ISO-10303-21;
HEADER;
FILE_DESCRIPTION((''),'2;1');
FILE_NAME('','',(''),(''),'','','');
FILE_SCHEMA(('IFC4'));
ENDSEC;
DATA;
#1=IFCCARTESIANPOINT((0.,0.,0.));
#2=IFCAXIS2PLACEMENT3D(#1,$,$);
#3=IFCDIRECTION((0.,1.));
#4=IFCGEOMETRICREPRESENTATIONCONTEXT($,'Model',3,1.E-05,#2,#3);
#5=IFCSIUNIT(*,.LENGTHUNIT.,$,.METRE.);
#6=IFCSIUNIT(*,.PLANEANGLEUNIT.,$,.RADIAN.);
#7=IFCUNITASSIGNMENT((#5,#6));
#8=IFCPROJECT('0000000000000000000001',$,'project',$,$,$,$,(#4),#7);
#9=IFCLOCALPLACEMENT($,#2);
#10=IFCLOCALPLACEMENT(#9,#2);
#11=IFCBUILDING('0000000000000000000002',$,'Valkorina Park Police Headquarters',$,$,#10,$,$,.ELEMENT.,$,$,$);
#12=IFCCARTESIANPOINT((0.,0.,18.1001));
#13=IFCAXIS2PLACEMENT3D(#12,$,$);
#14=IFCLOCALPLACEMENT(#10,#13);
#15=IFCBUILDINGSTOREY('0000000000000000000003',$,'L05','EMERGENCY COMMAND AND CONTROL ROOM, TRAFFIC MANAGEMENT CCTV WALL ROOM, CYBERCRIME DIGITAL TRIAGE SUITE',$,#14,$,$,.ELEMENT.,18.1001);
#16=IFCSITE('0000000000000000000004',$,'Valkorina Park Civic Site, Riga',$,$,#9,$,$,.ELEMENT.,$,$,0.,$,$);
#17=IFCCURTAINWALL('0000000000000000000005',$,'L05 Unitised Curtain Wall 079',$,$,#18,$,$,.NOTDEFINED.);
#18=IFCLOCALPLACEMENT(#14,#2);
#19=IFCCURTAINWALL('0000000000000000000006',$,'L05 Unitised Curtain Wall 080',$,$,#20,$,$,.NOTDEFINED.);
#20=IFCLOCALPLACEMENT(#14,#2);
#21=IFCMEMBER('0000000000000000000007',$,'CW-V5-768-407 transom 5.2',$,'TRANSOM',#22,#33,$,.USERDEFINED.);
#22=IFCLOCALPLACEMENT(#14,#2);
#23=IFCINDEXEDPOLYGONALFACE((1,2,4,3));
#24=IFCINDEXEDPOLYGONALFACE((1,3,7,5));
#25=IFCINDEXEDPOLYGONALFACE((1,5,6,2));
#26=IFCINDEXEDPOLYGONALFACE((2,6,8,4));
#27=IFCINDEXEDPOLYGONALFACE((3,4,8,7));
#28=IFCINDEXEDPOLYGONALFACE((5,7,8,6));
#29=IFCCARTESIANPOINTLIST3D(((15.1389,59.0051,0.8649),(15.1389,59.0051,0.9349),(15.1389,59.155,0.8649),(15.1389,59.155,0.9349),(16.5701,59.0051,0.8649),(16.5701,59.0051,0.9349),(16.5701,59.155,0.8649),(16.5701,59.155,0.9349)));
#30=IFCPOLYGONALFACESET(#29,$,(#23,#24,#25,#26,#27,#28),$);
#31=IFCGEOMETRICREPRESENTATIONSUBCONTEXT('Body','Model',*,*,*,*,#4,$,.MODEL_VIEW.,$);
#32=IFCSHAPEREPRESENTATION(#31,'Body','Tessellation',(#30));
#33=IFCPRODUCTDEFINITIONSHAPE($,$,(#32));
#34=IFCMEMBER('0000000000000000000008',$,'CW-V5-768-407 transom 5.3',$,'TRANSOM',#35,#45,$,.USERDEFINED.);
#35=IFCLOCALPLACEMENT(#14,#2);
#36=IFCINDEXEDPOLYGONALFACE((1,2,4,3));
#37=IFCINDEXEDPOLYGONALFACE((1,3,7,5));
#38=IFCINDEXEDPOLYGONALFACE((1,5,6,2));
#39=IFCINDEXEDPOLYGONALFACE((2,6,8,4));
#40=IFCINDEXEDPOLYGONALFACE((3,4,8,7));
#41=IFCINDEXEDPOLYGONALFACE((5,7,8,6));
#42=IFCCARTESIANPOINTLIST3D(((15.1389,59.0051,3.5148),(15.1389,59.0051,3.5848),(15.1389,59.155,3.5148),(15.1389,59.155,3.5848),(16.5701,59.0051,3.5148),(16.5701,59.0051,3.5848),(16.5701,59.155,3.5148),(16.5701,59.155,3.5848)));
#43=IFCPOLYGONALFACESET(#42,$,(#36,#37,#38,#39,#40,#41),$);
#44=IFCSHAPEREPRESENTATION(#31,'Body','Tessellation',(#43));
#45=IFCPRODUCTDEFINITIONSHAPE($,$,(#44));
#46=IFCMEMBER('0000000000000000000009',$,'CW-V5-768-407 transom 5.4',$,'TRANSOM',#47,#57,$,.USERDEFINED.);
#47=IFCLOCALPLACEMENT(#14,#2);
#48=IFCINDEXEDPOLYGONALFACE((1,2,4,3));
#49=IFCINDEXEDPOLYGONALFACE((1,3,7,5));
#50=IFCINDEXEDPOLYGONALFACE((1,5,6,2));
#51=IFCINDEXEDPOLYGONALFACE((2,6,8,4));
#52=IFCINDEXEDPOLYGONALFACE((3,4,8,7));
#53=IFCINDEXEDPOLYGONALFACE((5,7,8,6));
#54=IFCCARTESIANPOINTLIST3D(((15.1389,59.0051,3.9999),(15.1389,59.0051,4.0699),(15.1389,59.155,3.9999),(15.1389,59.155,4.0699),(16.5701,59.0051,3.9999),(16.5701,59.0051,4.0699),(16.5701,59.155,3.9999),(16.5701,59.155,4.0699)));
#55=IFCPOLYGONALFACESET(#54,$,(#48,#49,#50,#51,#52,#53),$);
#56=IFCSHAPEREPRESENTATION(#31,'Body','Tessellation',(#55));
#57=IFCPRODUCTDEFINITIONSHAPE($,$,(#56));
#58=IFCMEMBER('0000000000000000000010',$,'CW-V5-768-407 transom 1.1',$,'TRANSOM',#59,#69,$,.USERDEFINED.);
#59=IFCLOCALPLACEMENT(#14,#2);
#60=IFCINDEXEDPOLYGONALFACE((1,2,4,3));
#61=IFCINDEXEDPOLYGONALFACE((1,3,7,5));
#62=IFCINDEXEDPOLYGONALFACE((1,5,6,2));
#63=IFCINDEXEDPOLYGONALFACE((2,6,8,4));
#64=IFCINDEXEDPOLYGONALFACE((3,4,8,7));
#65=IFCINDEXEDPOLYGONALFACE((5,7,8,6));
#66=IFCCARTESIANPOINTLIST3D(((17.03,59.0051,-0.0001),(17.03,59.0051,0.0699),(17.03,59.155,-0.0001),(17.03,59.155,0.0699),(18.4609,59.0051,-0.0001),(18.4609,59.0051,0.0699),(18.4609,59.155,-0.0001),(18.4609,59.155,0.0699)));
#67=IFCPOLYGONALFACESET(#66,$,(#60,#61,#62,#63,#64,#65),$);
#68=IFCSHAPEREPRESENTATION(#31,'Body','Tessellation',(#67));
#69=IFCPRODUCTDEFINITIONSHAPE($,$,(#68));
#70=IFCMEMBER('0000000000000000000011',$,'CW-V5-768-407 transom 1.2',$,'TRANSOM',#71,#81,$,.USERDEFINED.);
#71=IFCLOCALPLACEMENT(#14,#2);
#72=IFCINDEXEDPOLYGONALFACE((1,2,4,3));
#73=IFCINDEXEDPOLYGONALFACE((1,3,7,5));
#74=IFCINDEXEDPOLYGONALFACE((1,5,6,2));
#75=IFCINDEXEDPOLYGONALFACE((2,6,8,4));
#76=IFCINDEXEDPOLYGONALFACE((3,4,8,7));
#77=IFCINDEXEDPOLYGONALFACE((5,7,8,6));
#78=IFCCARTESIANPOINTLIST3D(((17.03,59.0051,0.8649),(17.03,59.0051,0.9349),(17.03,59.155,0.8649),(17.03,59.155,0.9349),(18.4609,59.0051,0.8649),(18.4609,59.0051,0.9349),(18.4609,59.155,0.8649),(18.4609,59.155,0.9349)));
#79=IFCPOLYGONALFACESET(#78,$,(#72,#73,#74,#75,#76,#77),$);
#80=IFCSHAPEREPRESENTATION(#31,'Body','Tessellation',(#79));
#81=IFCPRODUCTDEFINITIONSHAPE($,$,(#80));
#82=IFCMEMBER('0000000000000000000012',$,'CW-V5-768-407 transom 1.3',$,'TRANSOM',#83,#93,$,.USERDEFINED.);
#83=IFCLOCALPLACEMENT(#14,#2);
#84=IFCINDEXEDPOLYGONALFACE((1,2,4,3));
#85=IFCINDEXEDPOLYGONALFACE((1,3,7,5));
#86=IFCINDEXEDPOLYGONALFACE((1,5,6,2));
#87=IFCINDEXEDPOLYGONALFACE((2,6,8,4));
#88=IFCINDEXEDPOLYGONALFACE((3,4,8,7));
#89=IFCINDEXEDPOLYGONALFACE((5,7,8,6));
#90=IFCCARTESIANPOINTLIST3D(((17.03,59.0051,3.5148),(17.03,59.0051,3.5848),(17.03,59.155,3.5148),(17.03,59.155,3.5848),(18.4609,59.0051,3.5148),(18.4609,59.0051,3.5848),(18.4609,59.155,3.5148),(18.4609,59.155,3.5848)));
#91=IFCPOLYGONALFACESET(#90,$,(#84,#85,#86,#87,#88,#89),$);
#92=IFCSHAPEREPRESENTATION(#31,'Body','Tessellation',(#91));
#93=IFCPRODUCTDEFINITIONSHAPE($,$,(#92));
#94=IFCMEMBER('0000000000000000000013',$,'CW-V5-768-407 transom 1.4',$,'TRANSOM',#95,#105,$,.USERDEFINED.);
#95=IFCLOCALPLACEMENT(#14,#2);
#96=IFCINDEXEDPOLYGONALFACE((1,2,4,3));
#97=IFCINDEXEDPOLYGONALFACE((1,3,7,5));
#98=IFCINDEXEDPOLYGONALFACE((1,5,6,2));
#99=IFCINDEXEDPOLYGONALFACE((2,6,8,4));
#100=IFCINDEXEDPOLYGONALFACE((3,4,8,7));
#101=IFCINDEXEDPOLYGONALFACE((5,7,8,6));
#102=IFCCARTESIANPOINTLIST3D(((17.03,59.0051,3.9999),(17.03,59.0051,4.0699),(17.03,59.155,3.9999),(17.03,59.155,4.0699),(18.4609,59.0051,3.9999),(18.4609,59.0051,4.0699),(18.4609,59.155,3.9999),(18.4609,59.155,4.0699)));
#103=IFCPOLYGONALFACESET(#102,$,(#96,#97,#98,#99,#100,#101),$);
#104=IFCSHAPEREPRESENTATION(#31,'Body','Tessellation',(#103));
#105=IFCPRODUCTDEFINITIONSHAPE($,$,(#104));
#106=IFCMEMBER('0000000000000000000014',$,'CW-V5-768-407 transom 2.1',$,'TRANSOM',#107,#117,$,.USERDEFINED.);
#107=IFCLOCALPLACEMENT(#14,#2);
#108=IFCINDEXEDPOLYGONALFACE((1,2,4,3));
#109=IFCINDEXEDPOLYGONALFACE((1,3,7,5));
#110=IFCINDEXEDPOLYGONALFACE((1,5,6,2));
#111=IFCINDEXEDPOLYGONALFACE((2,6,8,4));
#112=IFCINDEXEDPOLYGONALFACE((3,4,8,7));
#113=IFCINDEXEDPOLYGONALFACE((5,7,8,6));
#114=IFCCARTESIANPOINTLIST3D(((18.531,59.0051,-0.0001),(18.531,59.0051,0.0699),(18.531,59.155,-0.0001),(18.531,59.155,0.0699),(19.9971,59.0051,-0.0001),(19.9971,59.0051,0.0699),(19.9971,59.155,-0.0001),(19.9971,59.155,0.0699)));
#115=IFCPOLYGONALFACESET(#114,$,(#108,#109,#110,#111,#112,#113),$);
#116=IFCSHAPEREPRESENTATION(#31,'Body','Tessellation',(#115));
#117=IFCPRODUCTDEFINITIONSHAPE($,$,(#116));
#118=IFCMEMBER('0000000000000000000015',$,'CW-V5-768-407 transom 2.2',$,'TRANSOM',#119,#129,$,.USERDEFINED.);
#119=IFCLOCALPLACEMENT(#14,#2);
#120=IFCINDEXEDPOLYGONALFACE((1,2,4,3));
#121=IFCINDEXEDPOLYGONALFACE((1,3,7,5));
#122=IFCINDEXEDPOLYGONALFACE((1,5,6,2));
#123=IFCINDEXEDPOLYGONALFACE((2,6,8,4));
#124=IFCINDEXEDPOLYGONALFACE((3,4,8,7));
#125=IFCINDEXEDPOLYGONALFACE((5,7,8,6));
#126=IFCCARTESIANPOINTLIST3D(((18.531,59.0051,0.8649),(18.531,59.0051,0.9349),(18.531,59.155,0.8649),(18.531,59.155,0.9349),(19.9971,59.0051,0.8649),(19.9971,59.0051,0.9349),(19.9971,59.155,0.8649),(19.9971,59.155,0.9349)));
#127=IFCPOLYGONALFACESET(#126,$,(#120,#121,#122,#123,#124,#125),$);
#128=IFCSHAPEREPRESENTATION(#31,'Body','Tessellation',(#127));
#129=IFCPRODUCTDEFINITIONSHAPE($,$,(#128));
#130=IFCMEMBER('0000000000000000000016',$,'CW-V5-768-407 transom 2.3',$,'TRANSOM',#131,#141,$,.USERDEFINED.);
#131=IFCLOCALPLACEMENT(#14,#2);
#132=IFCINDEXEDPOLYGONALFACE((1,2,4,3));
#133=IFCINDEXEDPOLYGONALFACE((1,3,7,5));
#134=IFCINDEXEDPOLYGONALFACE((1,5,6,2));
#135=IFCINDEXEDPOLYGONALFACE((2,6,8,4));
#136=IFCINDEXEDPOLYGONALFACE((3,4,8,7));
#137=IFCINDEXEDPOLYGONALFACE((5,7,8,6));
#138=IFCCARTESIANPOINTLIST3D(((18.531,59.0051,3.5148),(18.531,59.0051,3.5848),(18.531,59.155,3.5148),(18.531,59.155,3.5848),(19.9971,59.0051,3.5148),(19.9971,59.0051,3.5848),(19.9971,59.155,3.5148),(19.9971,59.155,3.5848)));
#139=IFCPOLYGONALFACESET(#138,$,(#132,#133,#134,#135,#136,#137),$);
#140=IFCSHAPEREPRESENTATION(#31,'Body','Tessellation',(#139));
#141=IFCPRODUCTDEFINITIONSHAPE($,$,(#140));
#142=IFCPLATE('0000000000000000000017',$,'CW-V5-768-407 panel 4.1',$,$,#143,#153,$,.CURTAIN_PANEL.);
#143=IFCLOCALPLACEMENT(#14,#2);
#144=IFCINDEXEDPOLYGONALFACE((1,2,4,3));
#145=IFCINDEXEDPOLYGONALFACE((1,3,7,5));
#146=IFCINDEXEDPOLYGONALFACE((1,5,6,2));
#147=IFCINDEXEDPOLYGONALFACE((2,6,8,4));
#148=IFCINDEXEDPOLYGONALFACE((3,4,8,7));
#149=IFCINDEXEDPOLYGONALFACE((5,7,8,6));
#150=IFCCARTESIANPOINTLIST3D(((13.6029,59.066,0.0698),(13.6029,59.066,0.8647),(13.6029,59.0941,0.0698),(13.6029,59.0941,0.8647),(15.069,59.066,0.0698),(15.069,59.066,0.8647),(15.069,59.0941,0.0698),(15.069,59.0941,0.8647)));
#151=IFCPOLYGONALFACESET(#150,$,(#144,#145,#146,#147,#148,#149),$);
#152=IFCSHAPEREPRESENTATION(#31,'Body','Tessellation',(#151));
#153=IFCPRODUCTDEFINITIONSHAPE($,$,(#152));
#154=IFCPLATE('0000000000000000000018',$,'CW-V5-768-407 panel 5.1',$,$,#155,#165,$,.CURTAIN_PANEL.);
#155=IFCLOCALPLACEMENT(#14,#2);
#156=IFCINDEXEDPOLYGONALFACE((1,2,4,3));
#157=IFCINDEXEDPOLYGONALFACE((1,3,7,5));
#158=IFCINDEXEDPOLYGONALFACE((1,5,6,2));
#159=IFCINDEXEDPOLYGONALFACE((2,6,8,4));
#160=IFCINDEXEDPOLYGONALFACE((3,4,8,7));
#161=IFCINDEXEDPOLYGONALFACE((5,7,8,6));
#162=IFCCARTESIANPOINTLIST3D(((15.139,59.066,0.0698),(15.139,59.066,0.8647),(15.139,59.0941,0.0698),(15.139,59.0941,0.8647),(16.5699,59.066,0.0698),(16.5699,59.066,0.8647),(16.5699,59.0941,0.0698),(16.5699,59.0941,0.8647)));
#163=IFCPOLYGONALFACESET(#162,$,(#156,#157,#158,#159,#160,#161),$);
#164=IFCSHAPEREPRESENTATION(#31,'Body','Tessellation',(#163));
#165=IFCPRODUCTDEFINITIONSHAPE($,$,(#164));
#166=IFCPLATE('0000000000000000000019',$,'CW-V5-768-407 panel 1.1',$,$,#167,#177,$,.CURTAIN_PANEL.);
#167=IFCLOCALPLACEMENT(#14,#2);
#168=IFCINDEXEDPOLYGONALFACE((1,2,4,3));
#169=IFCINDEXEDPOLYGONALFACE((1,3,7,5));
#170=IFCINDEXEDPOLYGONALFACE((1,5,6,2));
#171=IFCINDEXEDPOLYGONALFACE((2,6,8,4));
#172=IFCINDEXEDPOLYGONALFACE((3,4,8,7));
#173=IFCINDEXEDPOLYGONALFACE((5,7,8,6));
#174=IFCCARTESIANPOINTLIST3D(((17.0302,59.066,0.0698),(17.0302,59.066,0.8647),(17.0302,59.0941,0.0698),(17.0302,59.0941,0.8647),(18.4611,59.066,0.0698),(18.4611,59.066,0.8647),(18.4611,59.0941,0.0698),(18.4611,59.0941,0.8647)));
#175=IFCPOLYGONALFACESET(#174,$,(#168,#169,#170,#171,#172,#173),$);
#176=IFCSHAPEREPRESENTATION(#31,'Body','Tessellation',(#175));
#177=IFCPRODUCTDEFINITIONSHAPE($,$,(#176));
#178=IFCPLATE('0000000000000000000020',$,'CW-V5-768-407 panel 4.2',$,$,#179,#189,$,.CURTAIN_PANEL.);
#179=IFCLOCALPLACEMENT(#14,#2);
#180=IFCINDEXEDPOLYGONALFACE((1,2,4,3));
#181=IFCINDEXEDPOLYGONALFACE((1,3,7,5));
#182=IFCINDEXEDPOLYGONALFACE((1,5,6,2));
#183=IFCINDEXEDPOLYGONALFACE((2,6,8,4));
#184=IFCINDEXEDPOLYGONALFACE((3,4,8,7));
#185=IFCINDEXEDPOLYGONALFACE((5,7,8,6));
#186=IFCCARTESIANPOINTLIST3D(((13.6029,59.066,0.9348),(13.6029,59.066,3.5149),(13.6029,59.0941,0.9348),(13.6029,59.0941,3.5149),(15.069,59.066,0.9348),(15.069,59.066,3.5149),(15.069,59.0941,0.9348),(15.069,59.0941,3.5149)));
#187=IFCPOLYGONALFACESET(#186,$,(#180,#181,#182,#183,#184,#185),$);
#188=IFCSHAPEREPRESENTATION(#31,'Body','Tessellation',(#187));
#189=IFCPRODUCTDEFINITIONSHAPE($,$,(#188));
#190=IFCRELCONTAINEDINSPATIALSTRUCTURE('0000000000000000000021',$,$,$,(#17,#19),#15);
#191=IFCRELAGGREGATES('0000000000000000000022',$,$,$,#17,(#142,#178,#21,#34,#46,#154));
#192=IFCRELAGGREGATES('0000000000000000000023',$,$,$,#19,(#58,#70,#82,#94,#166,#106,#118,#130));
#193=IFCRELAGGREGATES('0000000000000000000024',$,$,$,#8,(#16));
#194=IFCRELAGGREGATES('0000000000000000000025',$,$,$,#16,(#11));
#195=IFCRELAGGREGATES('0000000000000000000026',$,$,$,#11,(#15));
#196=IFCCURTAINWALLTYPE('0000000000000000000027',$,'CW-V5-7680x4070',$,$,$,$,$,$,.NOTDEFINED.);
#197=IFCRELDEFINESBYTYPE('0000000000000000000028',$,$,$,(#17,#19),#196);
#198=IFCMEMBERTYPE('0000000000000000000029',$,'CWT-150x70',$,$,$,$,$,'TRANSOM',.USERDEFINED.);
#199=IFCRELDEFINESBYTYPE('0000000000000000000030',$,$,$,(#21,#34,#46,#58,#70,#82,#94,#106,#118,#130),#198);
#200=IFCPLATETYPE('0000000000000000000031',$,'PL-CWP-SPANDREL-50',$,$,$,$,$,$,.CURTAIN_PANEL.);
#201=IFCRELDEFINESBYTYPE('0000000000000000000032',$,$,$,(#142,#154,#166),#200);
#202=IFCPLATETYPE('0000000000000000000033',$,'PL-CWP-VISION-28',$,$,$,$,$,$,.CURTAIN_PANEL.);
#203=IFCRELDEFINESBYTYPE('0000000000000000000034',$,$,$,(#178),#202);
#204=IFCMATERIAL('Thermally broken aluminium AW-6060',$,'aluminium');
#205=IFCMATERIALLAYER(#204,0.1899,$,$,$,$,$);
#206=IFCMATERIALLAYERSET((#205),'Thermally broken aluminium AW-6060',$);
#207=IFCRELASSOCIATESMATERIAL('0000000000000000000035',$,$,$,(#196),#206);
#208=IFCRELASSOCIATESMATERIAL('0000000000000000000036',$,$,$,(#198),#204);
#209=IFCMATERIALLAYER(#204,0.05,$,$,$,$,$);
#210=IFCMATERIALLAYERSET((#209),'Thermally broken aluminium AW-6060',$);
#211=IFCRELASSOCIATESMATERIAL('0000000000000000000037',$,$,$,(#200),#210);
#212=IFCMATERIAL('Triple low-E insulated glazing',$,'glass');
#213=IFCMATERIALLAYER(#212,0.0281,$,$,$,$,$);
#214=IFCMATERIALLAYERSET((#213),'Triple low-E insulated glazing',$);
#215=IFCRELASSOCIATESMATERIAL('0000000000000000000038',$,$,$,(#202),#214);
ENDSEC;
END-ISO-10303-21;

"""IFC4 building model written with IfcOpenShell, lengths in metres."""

from ifc_helpers import new_model, si_unit, direction, frame, origin, origin_2d, place, context, subcontext, project, spatial, rectangle, extrude, material, layer, layer_set, material_profile, profile_set, type_object, element, aggregate, save


model = new_model("IFC4")

# Units and contexts
model_context = context("Model", 3, precision=1e-05, world=origin(), true_north=direction((0.0, 1.0)))
body_context = subcontext(model_context, "Body", "Model", "MODEL_VIEW")
ifc_project = project(units=[si_unit("LENGTHUNIT", "METRE"), si_unit("PLANEANGLEUNIT", "RADIAN")], contexts=[model_context])

# Site, building, storey
site_placement = place(None, origin())
site = spatial("IfcSite", under=ifc_project, at=site_placement, Name="Valkorina Park Civic Site, Riga", CompositionType="ELEMENT", RefElevation=0.0)
building_placement = place(site_placement, origin())
building = spatial("IfcBuilding", under=site, at=building_placement, Name="Valkorina Park Police Headquarters", CompositionType="ELEMENT")
storey_placement = place(building_placement, frame((0.0, 0.0, 18.1001)))
storey = spatial("IfcBuildingStorey", under=building, at=storey_placement, Name="L05", Description="EMERGENCY COMMAND AND CONTROL ROOM, TRAFFIC MANAGEMENT CCTV WALL ROOM, CYBERCRIME DIGITAL TRIAGE SUITE", CompositionType="ELEMENT", Elevation=18.1001)

# Curtain walls
ifc_material_1 = material(Name="Thermally broken aluminium AW-6060", Category="aluminium")
ifc_layer_1 = layer(ifc_material_1, 0.1899)
ifc_layer_set_1 = layer_set([ifc_layer_1], Name="Thermally broken aluminium AW-6060")
curtain_wall_type = type_object("IfcCurtainWallType", Name="CW-V5-7680x4070", PredefinedType="NOTDEFINED", material=ifc_layer_set_1)
curtain_wall_1_placement = place(storey_placement, origin())
curtain_wall_1 = element("IfcCurtainWall", 1, at=curtain_wall_1_placement, inside=storey, type_object=curtain_wall_type, Name="L05 Unitised Curtain Wall 079", PredefinedType="NOTDEFINED")
curtain_wall_2_placement = place(storey_placement, origin())
curtain_wall_2 = element("IfcCurtainWall", 2, at=curtain_wall_2_placement, inside=storey, type_object=curtain_wall_type, Name="L05 Unitised Curtain Wall 080", PredefinedType="NOTDEFINED")

# Members
ifc_material_profile_1 = material_profile(ifc_material_1, rectangle(XDim=0.1499, YDim=0.0701, at=origin_2d()), Name="CWT-02 150x70")
ifc_profile_set_1 = profile_set([ifc_material_profile_1], Name="Thermally broken aluminium AW-6060")
member_type_1 = type_object("IfcMemberType", Name="CWT-150x70", ElementType="TRANSOM", PredefinedType="USERDEFINED", material=ifc_profile_set_1)
member_1_placement = place(storey_placement, frame((15.1389, 59.0801, 0.8999), z_axis=(1.0, 0.0, 0.0), x_axis=(0.0, 1.0, 0.0)))
member_1 = element("IfcMember", 3, at=member_1_placement, type_object=member_type_1, Name="CW-V5-768-407 transom 5.2", ObjectType="TRANSOM", PredefinedType="USERDEFINED", context=body_context, shape_type="SweptSolid", body=[
    extrude(rectangle(XDim=0.1499, YDim=0.0701, at=origin_2d()), origin(), (0.0, 0.0, 1.0), 1.4312),
])
member_2_placement = place(storey_placement, frame((15.1389, 59.0801, 3.5498), z_axis=(1.0, 0.0, 0.0), x_axis=(0.0, 1.0, 0.0)))
member_2 = element("IfcMember", 4, at=member_2_placement, type_object=member_type_1, Name="CW-V5-768-407 transom 5.3", ObjectType="TRANSOM", PredefinedType="USERDEFINED", context=body_context, shape_type="SweptSolid", body=[
    extrude(rectangle(XDim=0.1499, YDim=0.0701, at=origin_2d()), origin(), (0.0, 0.0, 1.0), 1.4312),
])
member_3_placement = place(storey_placement, frame((15.1389, 59.0801, 4.0349), z_axis=(1.0, 0.0, 0.0), x_axis=(0.0, 1.0, 0.0)))
member_3 = element("IfcMember", 5, at=member_3_placement, type_object=member_type_1, Name="CW-V5-768-407 transom 5.4", ObjectType="TRANSOM", PredefinedType="USERDEFINED", context=body_context, shape_type="SweptSolid", body=[
    extrude(rectangle(XDim=0.1499, YDim=0.0701, at=origin_2d()), origin(), (0.0, 0.0, 1.0), 1.4312),
])
member_4_placement = place(storey_placement, frame((17.03, 59.0801, 0.0349), z_axis=(1.0, 0.0, 0.0), x_axis=(0.0, 1.0, 0.0)))
member_4 = element("IfcMember", 6, at=member_4_placement, type_object=member_type_1, Name="CW-V5-768-407 transom 1.1", ObjectType="TRANSOM", PredefinedType="USERDEFINED", context=body_context, shape_type="SweptSolid", body=[
    extrude(rectangle(XDim=0.1499, YDim=0.0701, at=origin_2d()), origin(), (0.0, 0.0, 1.0), 1.4309),
])
member_5_placement = place(storey_placement, frame((17.03, 59.0801, 0.8999), z_axis=(1.0, 0.0, 0.0), x_axis=(0.0, 1.0, 0.0)))
member_5 = element("IfcMember", 7, at=member_5_placement, type_object=member_type_1, Name="CW-V5-768-407 transom 1.2", ObjectType="TRANSOM", PredefinedType="USERDEFINED", context=body_context, shape_type="SweptSolid", body=[
    extrude(rectangle(XDim=0.1499, YDim=0.0701, at=origin_2d()), origin(), (0.0, 0.0, 1.0), 1.4309),
])
member_6_placement = place(storey_placement, frame((17.03, 59.0801, 3.5498), z_axis=(1.0, 0.0, 0.0), x_axis=(0.0, 1.0, 0.0)))
member_6 = element("IfcMember", 8, at=member_6_placement, type_object=member_type_1, Name="CW-V5-768-407 transom 1.3", ObjectType="TRANSOM", PredefinedType="USERDEFINED", context=body_context, shape_type="SweptSolid", body=[
    extrude(rectangle(XDim=0.1499, YDim=0.0701, at=origin_2d()), origin(), (0.0, 0.0, 1.0), 1.4309),
])
member_7_placement = place(storey_placement, frame((17.03, 59.0801, 4.0349), z_axis=(1.0, 0.0, 0.0), x_axis=(0.0, 1.0, 0.0)))
member_7 = element("IfcMember", 9, at=member_7_placement, type_object=member_type_1, Name="CW-V5-768-407 transom 1.4", ObjectType="TRANSOM", PredefinedType="USERDEFINED", context=body_context, shape_type="SweptSolid", body=[
    extrude(rectangle(XDim=0.1499, YDim=0.0701, at=origin_2d()), origin(), (0.0, 0.0, 1.0), 1.4309),
])
member_8_placement = place(storey_placement, frame((18.531, 59.0801, 0.0349), z_axis=(1.0, 0.0, 0.0), x_axis=(0.0, 1.0, 0.0)))
member_8 = element("IfcMember", 10, at=member_8_placement, type_object=member_type_1, Name="CW-V5-768-407 transom 2.1", ObjectType="TRANSOM", PredefinedType="USERDEFINED", context=body_context, shape_type="SweptSolid", body=[
    extrude(rectangle(XDim=0.1499, YDim=0.0701, at=origin_2d()), origin(), (0.0, 0.0, 1.0), 1.4661),
])
member_9_placement = place(storey_placement, frame((18.531, 59.0801, 0.8999), z_axis=(1.0, 0.0, 0.0), x_axis=(0.0, 1.0, 0.0)))
member_9 = element("IfcMember", 11, at=member_9_placement, type_object=member_type_1, Name="CW-V5-768-407 transom 2.2", ObjectType="TRANSOM", PredefinedType="USERDEFINED", context=body_context, shape_type="SweptSolid", body=[
    extrude(rectangle(XDim=0.1499, YDim=0.0701, at=origin_2d()), origin(), (0.0, 0.0, 1.0), 1.4661),
])
member_10_placement = place(storey_placement, frame((18.531, 59.0801, 3.5498), z_axis=(1.0, 0.0, 0.0), x_axis=(0.0, 1.0, 0.0)))
member_10 = element("IfcMember", 12, at=member_10_placement, type_object=member_type_1, Name="CW-V5-768-407 transom 2.3", ObjectType="TRANSOM", PredefinedType="USERDEFINED", context=body_context, shape_type="SweptSolid", body=[
    extrude(rectangle(XDim=0.1499, YDim=0.0701, at=origin_2d()), origin(), (0.0, 0.0, 1.0), 1.4661),
])

# Plates
ifc_layer_2 = layer(ifc_material_1, 0.05)
ifc_layer_set_2 = layer_set([ifc_layer_2], Name="Thermally broken aluminium AW-6060")
plate_type_1 = type_object("IfcPlateType", Name="PL-CWP-SPANDREL-50", PredefinedType="CURTAIN_PANEL", material=ifc_layer_set_2)
plate_1_placement = place(storey_placement, frame((14.3359, 59.0801, 0.0698), z_axis=(0.0, 0.0, 1.0), x_axis=(1.0, 0.0, 0.0)))
plate_1 = element("IfcPlate", 13, at=plate_1_placement, type_object=plate_type_1, Name="CW-V5-768-407 panel 4.1", PredefinedType="CURTAIN_PANEL", context=body_context, shape_type="SweptSolid", body=[
    extrude(rectangle(XDim=1.4661, YDim=0.0281, at=origin_2d()), origin(), (0.0, 0.0, 1.0), 0.7949),
])
plate_2_placement = place(storey_placement, frame((15.8545, 59.0801, 0.0698), z_axis=(0.0, 0.0, 1.0), x_axis=(1.0, 0.0, 0.0)))
plate_2 = element("IfcPlate", 14, at=plate_2_placement, type_object=plate_type_1, Name="CW-V5-768-407 panel 5.1", PredefinedType="CURTAIN_PANEL", context=body_context, shape_type="SweptSolid", body=[
    extrude(rectangle(XDim=1.4309, YDim=0.0281, at=origin_2d()), origin(), (0.0, 0.0, 1.0), 0.7949),
])
plate_3_placement = place(storey_placement, frame((17.7456, 59.0801, 0.0698), z_axis=(0.0, 0.0, 1.0), x_axis=(1.0, 0.0, 0.0)))
plate_3 = element("IfcPlate", 15, at=plate_3_placement, type_object=plate_type_1, Name="CW-V5-768-407 panel 1.1", PredefinedType="CURTAIN_PANEL", context=body_context, shape_type="SweptSolid", body=[
    extrude(rectangle(XDim=1.4309, YDim=0.0281, at=origin_2d()), origin(), (0.0, 0.0, 1.0), 0.7949),
])
ifc_material_2 = material(Name="Triple low-E insulated glazing", Category="glass")
ifc_layer_3 = layer(ifc_material_2, 0.0281)
ifc_layer_set_3 = layer_set([ifc_layer_3], Name="Triple low-E insulated glazing")
plate_type_2 = type_object("IfcPlateType", Name="PL-CWP-VISION-28", PredefinedType="CURTAIN_PANEL", material=ifc_layer_set_3)
plate_4_placement = place(storey_placement, frame((14.3359, 59.0801, 0.9348), z_axis=(0.0, 0.0, 1.0), x_axis=(1.0, 0.0, 0.0)))
plate_4 = element("IfcPlate", 16, at=plate_4_placement, type_object=plate_type_2, Name="CW-V5-768-407 panel 4.2", PredefinedType="CURTAIN_PANEL", context=body_context, shape_type="SweptSolid", body=[
    extrude(rectangle(XDim=1.4661, YDim=0.0281, at=origin_2d()), origin(), (0.0, 0.0, 1.0), 2.5801),
])
aggregate(curtain_wall_1, [plate_1, plate_4, member_1, member_2, member_3, plate_2])
aggregate(curtain_wall_2, [member_4, member_5, member_6, member_7, plate_3, member_8, member_9, member_10])

save(model, "model.ifc")
